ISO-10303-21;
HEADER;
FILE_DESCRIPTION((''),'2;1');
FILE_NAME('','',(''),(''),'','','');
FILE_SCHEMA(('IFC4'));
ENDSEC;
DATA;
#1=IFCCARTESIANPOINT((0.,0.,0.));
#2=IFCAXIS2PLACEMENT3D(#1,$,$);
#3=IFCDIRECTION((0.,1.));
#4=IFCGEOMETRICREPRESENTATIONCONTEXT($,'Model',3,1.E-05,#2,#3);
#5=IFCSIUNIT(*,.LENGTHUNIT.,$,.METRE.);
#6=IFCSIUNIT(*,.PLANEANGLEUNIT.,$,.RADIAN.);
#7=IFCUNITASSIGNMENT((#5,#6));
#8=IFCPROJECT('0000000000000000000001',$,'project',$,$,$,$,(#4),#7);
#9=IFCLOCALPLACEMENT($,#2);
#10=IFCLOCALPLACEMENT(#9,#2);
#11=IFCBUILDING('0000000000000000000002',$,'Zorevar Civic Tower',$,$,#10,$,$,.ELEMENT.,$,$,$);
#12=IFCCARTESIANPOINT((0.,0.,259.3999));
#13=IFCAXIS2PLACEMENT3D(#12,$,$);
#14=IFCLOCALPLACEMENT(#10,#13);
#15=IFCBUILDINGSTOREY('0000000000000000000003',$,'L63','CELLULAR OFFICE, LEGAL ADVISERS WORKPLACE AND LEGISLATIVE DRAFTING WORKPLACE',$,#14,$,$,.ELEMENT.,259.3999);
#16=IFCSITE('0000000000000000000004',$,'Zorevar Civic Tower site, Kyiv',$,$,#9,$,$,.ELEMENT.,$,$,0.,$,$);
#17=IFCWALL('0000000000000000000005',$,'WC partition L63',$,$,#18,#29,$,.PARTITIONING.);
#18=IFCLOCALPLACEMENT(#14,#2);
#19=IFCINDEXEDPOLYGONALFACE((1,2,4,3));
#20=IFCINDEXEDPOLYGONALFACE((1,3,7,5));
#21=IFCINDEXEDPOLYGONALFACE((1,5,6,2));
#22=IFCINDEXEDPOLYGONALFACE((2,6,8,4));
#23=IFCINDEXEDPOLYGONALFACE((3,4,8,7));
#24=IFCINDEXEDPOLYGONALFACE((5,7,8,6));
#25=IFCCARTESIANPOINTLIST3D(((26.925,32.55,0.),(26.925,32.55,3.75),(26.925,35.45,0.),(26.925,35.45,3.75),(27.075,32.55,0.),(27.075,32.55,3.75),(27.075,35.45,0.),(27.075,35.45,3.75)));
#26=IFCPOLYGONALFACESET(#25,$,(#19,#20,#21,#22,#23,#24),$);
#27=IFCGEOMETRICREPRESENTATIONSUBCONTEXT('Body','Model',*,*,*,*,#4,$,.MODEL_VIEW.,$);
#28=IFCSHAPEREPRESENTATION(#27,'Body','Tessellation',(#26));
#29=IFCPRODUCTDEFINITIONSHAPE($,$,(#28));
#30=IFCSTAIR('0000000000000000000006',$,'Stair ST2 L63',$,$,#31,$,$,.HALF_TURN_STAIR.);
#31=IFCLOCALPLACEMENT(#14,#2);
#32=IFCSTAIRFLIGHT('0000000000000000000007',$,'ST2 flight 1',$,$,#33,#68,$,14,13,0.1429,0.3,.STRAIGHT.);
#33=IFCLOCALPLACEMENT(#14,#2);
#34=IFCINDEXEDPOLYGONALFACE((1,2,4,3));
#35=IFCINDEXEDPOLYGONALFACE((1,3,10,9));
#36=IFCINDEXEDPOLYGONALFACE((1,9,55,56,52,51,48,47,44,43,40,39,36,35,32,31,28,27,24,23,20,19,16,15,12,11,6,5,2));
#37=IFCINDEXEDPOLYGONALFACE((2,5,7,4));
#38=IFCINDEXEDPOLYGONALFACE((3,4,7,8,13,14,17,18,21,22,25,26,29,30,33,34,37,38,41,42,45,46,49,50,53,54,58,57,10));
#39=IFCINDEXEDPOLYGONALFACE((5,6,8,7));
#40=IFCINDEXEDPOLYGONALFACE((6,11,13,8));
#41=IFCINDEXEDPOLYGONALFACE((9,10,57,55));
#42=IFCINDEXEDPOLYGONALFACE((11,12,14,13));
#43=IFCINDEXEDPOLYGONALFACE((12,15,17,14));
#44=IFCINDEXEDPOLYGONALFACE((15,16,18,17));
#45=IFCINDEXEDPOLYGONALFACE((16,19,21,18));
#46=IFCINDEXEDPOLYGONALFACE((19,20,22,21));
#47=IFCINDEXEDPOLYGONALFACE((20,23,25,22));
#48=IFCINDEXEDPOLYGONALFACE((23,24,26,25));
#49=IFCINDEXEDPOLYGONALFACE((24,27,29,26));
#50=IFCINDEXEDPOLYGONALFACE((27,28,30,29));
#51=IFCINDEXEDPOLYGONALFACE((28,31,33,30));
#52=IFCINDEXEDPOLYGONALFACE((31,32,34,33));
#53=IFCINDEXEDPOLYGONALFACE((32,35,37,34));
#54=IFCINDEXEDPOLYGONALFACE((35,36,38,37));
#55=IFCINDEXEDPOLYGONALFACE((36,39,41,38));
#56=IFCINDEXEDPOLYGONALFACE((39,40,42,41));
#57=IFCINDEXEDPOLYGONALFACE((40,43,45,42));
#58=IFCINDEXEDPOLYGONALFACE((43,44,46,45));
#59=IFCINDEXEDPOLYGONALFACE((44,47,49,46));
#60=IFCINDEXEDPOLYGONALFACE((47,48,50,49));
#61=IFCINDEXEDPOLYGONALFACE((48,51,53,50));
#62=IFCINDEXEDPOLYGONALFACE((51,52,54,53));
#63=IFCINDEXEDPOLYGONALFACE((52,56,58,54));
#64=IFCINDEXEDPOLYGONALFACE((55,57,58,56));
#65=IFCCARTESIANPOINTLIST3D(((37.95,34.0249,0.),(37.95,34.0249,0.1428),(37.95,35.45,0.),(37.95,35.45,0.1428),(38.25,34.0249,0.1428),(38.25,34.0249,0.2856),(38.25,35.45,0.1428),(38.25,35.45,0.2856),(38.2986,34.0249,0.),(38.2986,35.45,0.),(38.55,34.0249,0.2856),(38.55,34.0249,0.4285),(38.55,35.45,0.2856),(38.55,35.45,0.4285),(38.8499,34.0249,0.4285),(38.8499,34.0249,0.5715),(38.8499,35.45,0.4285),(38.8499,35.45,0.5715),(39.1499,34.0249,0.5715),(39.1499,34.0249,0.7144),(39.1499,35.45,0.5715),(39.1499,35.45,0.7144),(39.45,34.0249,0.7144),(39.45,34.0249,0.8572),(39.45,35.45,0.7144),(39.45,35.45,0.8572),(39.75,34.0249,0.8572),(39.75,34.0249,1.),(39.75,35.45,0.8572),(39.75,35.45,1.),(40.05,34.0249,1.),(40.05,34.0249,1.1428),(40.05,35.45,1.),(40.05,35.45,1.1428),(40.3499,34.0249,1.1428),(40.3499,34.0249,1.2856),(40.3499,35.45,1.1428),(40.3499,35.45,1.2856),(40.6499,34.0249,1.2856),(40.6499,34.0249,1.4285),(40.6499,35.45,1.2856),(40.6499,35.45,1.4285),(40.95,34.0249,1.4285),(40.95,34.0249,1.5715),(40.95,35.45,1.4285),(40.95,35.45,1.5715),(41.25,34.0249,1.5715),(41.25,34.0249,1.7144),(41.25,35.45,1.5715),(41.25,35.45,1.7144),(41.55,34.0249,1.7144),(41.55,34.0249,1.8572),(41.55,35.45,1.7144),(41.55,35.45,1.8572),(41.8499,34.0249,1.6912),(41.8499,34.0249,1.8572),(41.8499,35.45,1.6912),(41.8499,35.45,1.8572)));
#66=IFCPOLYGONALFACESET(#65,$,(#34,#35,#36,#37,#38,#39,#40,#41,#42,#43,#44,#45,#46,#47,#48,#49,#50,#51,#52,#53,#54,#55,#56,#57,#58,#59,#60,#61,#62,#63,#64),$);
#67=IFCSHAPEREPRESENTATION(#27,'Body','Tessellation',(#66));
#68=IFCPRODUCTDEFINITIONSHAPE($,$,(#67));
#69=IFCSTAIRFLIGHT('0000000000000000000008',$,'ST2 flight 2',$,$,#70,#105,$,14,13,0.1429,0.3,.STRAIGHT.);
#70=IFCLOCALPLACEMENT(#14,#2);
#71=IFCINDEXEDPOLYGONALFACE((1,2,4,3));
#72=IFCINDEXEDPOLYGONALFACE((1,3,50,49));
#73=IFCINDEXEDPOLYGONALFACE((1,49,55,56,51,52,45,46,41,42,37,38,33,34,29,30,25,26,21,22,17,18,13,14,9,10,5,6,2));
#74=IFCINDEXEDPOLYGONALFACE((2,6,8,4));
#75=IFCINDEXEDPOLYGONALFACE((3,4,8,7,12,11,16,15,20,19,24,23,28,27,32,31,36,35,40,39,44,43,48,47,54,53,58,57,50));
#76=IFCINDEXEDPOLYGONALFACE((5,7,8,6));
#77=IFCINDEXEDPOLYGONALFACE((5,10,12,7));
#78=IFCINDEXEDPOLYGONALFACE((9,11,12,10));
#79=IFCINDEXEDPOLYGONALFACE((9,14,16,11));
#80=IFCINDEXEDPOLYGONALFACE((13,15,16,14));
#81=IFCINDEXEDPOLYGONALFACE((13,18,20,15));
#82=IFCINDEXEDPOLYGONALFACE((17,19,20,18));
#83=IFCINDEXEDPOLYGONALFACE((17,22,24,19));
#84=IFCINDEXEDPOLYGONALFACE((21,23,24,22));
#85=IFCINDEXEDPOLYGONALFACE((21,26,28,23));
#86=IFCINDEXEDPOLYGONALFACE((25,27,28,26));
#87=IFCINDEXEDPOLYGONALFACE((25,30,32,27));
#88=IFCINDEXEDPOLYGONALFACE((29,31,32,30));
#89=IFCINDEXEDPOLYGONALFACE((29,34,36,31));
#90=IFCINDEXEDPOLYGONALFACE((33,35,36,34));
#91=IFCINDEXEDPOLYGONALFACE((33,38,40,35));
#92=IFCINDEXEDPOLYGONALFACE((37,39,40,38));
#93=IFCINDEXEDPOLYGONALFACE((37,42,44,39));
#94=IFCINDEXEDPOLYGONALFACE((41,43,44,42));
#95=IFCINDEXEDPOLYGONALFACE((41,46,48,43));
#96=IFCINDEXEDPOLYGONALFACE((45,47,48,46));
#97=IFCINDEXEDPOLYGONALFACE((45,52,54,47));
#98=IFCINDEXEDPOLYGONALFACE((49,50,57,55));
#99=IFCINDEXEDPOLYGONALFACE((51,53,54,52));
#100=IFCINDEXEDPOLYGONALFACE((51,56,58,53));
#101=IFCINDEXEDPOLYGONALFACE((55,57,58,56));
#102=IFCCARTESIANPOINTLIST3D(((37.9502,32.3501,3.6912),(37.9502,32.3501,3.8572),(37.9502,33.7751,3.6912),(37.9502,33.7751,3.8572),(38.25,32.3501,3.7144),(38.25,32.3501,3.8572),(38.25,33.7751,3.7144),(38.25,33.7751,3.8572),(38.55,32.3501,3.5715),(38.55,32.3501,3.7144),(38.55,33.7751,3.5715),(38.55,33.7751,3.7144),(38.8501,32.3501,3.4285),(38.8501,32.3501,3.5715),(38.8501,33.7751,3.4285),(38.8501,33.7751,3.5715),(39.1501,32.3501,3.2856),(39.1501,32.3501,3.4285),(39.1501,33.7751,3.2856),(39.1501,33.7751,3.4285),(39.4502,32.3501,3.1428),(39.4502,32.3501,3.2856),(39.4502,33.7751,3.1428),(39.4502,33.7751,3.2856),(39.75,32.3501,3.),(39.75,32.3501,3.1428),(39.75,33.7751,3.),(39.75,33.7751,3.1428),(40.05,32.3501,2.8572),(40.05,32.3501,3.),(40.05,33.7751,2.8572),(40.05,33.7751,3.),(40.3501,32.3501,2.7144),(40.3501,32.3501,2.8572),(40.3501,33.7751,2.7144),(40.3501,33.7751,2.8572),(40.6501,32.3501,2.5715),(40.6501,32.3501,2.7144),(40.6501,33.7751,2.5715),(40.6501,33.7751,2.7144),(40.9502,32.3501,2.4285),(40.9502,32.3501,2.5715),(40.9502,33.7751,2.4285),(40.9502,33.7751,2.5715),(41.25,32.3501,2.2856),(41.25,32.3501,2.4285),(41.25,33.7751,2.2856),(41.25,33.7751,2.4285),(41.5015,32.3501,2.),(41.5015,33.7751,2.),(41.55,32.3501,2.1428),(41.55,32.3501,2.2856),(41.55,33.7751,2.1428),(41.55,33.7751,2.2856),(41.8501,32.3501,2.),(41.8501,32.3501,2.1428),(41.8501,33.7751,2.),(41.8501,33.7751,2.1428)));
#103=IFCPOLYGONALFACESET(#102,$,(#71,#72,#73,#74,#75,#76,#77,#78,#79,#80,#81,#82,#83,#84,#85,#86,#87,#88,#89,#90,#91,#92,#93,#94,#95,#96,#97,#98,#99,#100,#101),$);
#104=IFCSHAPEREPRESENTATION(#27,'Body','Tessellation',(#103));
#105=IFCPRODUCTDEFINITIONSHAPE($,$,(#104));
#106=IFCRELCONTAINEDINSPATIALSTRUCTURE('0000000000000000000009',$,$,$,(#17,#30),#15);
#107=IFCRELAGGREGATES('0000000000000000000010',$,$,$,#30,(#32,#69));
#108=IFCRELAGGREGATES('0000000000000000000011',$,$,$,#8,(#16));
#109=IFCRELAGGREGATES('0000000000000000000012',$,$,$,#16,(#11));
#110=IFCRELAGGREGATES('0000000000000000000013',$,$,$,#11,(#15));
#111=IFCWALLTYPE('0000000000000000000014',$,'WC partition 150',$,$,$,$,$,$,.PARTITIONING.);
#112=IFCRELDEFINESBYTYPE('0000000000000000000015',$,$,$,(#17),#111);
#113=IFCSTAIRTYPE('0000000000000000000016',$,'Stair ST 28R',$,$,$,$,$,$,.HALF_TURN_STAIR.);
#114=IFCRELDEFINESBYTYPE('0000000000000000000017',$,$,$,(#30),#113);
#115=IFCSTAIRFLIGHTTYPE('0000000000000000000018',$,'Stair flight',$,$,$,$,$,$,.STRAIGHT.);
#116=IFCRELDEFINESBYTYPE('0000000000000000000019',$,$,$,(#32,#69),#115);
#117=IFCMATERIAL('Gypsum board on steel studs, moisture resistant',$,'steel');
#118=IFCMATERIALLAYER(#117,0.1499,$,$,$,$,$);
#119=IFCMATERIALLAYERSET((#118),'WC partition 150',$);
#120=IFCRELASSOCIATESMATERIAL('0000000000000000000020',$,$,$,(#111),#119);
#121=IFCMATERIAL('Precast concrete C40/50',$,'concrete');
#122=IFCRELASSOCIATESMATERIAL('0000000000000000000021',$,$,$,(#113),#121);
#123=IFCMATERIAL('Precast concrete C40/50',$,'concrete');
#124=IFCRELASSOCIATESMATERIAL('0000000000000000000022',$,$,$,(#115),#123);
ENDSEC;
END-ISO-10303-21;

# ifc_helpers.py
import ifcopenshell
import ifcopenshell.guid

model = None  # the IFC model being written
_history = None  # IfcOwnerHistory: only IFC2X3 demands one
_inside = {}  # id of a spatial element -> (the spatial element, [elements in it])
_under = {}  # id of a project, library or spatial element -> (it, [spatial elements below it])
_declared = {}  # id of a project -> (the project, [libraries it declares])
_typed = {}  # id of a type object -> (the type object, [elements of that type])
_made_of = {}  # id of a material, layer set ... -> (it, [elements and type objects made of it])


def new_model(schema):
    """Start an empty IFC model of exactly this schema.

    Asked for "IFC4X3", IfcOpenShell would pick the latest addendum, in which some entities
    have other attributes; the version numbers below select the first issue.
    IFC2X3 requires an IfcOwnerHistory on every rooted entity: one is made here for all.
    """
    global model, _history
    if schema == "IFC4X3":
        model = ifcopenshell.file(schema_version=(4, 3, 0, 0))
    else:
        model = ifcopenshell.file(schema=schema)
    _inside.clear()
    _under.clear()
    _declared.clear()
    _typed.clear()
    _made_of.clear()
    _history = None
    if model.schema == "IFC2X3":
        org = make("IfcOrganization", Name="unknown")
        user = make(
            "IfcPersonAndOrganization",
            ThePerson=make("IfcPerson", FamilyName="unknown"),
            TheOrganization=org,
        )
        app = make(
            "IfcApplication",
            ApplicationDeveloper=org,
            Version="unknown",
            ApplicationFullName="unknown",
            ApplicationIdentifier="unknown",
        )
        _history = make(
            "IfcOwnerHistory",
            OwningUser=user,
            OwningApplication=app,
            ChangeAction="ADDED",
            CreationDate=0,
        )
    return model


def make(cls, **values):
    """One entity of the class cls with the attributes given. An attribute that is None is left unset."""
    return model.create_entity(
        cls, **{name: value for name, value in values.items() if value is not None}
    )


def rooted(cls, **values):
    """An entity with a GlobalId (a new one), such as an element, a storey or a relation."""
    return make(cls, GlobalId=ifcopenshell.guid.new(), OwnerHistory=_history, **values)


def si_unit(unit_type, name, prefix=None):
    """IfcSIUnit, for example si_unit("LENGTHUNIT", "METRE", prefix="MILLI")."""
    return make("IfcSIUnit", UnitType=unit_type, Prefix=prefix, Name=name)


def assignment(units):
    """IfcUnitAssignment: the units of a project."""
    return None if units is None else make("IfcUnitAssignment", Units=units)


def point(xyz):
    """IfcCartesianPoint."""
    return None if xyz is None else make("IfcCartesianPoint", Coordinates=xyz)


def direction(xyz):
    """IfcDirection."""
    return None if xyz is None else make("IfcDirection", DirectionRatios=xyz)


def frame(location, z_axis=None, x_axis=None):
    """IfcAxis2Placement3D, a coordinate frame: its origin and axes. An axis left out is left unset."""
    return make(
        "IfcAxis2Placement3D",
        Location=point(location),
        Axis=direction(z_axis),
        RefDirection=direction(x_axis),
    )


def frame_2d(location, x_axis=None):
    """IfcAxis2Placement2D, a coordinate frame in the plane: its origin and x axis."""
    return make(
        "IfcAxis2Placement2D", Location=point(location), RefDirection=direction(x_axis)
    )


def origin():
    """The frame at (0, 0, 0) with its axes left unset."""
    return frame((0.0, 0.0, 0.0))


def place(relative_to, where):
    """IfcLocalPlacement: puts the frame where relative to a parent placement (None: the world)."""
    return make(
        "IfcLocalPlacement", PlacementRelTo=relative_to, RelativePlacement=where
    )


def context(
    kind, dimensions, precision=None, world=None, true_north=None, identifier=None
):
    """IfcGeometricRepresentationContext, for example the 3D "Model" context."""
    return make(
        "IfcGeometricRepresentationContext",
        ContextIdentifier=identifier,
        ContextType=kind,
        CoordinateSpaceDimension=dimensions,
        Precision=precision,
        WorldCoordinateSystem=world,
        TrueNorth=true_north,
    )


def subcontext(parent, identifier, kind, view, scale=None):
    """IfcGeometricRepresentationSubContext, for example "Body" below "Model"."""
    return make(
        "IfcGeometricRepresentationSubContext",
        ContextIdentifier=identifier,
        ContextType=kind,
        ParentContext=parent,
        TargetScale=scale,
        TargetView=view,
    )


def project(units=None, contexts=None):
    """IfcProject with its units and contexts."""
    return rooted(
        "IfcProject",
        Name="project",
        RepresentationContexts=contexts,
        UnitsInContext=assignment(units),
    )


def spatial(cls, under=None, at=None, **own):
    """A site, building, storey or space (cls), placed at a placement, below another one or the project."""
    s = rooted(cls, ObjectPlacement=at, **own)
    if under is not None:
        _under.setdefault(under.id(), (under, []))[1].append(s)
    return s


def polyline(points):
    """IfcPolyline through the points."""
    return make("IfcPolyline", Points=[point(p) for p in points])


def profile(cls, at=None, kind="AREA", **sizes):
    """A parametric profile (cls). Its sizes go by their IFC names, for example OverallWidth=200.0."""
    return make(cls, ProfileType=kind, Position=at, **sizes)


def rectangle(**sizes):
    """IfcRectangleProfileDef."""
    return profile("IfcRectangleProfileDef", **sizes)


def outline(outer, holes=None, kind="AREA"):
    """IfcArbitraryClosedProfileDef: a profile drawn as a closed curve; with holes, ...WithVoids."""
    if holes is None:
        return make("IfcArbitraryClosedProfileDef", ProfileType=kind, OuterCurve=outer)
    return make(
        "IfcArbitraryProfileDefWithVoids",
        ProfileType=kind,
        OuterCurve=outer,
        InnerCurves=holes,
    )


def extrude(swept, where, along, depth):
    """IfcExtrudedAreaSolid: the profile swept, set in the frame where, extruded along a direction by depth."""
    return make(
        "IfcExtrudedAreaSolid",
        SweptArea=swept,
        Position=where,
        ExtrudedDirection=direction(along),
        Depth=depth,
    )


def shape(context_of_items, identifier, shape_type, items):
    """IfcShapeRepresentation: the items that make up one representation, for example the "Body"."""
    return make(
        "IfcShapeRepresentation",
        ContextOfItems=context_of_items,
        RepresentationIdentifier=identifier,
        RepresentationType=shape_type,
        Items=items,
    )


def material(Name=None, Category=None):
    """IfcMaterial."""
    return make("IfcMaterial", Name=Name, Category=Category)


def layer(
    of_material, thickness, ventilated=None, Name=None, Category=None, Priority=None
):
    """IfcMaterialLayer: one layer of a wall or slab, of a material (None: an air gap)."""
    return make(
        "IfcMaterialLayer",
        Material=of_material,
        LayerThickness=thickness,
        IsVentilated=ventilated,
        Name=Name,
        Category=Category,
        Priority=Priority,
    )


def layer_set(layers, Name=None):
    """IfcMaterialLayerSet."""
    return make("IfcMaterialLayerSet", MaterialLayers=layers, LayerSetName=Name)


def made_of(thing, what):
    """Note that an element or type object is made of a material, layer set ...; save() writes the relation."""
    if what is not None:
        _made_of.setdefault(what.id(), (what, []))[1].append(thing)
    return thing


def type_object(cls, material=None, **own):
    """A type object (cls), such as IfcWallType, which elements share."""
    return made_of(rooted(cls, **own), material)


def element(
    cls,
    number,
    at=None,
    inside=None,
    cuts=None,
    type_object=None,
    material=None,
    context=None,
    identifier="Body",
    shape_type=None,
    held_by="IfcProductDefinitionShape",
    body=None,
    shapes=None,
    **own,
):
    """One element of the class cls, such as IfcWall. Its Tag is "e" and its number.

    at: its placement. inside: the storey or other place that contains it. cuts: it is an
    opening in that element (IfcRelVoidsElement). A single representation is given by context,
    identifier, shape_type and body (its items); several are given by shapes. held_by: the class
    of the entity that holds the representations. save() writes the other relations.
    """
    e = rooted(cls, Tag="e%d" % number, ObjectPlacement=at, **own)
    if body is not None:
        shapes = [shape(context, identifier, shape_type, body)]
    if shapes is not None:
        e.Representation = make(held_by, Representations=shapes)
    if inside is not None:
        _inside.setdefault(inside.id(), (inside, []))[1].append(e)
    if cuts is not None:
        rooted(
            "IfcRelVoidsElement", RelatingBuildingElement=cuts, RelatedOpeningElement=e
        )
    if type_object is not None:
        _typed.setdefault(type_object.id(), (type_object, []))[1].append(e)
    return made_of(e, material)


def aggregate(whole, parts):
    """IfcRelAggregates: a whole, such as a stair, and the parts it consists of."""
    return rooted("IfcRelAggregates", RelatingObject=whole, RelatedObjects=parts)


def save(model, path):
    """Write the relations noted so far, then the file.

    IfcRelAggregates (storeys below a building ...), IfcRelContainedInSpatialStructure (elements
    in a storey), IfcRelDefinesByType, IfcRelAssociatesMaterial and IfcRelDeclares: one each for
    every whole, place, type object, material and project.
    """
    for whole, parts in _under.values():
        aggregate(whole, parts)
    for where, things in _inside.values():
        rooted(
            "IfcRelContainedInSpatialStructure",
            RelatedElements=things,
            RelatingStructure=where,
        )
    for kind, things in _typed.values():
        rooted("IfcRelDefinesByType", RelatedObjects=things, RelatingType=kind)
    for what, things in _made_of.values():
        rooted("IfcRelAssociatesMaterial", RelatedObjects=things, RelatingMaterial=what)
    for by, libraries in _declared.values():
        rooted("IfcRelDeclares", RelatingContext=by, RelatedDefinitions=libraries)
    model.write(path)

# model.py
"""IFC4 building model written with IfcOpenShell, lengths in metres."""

from ifc_helpers import new_model, si_unit, direction, frame, frame_2d, origin, place, context, subcontext, project, spatial, polyline, rectangle, outline, extrude, material, layer, layer_set, type_object, element, aggregate, save


model = new_model("IFC4")

# Units and contexts
model_context = context("Model", 3, precision=1e-05, world=origin(), true_north=direction((0.0, 1.0)))
body_context = subcontext(model_context, "Body", "Model", "MODEL_VIEW")
ifc_project = project(units=[si_unit("LENGTHUNIT", "METRE"), si_unit("PLANEANGLEUNIT", "RADIAN")], contexts=[model_context])

# Site, building, storey
site_placement = place(None, origin())
site = spatial("IfcSite", under=ifc_project, at=site_placement, Name="Zorevar Civic Tower site, Kyiv", CompositionType="ELEMENT", RefElevation=0.0)
building_placement = place(site_placement, origin())
building = spatial("IfcBuilding", under=site, at=building_placement, Name="Zorevar Civic Tower", CompositionType="ELEMENT")
storey_placement = place(building_placement, frame((0.0, 0.0, 259.3999)))
storey = spatial("IfcBuildingStorey", under=building, at=storey_placement, Name="L63", Description="CELLULAR OFFICE, LEGAL ADVISERS WORKPLACE AND LEGISLATIVE DRAFTING WORKPLACE", CompositionType="ELEMENT", Elevation=259.3999)

# Wall
ifc_material_1 = material(Name="Gypsum board on steel studs, moisture resistant", Category="steel")
ifc_layer_1 = layer(ifc_material_1, 0.1499)
ifc_layer_set_1 = layer_set([ifc_layer_1], Name="WC partition 150")
wall_type_1 = type_object("IfcWallType", Name="WC partition 150", PredefinedType="PARTITIONING", material=ifc_layer_set_1)
wall_1_placement = place(storey_placement, frame((27.0, 32.55, 0.0), z_axis=(0.0, 0.0, 1.0), x_axis=(0.0, 1.0, 0.0)))
element("IfcWall", 1, at=wall_1_placement, inside=storey, type_object=wall_type_1, Name="WC partition L63", PredefinedType="PARTITIONING", context=body_context, shape_type="SweptSolid", body=[
    extrude(rectangle(XDim=2.8999, YDim=0.1499, at=frame_2d((1.45, 0.0))), origin(), (0.0, 0.0, 1.0), 3.75),
])

# Stair, stair flights
ifc_material_2 = material(Name="Precast concrete C40/50", Category="concrete")
stair_type = type_object("IfcStairType", Name="Stair ST 28R", PredefinedType="HALF_TURN_STAIR", material=ifc_material_2)
stair_placement = place(storey_placement, origin())
stair = element("IfcStair", 2, at=stair_placement, inside=storey, type_object=stair_type, Name="Stair ST2 L63", PredefinedType="HALF_TURN_STAIR")
ifc_material_3 = material(Name="Precast concrete C40/50", Category="concrete")
stair_flight_type = type_object("IfcStairFlightType", Name="Stair flight", PredefinedType="STRAIGHT", material=ifc_material_3)
stair_flight_1_placement = place(storey_placement, frame((37.95, 34.7375, 0.0), z_axis=(0.0, 0.0, 1.0), x_axis=(1.0, 0.0, 0.0)))
stair_flight_1 = element("IfcStairFlight", 3, at=stair_flight_1_placement, type_object=stair_flight_type, Name="ST2 flight 1", NumberOfRisers=14, NumberOfTreads=13, PredefinedType="STRAIGHT", RiserHeight=0.1429, TreadLength=0.3, context=body_context, shape_type="SweptSolid", body=[
    extrude(outline(polyline([(0.0, 0.0), (0.0, 0.1428), (0.3, 0.1428), (0.3, 0.2856), (0.6001, 0.2856), (0.6001, 0.4285), (0.8999, 0.4285), (0.8999, 0.5715), (1.2, 0.5715), (1.2, 0.7144), (1.5, 0.7144), (1.5, 0.8572), (1.8, 0.8572), (1.8, 1.0), (2.1001, 1.0), (2.1001, 1.1428), (2.3999, 1.1428), (2.3999, 1.2856), (2.7, 1.2856), (2.7, 1.4285), (3.0, 1.4285), (3.0, 1.5715), (3.3, 1.5715), (3.3, 1.7144), (3.6001, 1.7144), (3.6001, 1.8572), (3.8999, 1.8572), (3.8999, 2.0), (3.8999, 1.6912), (0.3486, 0.0), (0.0, 0.0)])), frame((0.0, 0.7124, 0.0), z_axis=(0.0, -1.0, 0.0), x_axis=(1.0, 0.0, 0.0)), (0.0, 0.0, 1.0), 1.425),
])
stair_flight_2_placement = place(storey_placement, frame((41.8501, 33.0625, 2.0), z_axis=(0.0, 0.0, 1.0), x_axis=(-1.0, 0.0, 0.0)))
stair_flight_2 = element("IfcStairFlight", 4, at=stair_flight_2_placement, type_object=stair_flight_type, Name="ST2 flight 2", NumberOfRisers=14, NumberOfTreads=13, PredefinedType="STRAIGHT", RiserHeight=0.1429, TreadLength=0.3, context=body_context, shape_type="SweptSolid", body=[
    extrude(outline(polyline([(0.0, 0.0), (0.0, 0.1428), (0.3, 0.1428), (0.3, 0.2856), (0.6001, 0.2856), (0.6001, 0.4285), (0.8999, 0.4285), (0.8999, 0.5715), (1.2, 0.5715), (1.2, 0.7144), (1.5, 0.7144), (1.5, 0.8572), (1.8, 0.8572), (1.8, 1.0), (2.1001, 1.0), (2.1001, 1.1428), (2.3999, 1.1428), (2.3999, 1.2856), (2.7, 1.2856), (2.7, 1.4285), (3.0, 1.4285), (3.0, 1.5715), (3.3, 1.5715), (3.3, 1.7144), (3.6001, 1.7144), (3.6001, 1.8572), (3.8999, 1.8572), (3.8999, 2.0), (3.8999, 1.6912), (0.3486, 0.0), (0.0, 0.0)])), frame((0.0, 0.7124, 0.0), z_axis=(0.0, -1.0, 0.0), x_axis=(1.0, 0.0, 0.0)), (0.0, 0.0, 1.0), 1.425),
])
aggregate(stair, [stair_flight_1, stair_flight_2])

save(model, "model.ifc")
